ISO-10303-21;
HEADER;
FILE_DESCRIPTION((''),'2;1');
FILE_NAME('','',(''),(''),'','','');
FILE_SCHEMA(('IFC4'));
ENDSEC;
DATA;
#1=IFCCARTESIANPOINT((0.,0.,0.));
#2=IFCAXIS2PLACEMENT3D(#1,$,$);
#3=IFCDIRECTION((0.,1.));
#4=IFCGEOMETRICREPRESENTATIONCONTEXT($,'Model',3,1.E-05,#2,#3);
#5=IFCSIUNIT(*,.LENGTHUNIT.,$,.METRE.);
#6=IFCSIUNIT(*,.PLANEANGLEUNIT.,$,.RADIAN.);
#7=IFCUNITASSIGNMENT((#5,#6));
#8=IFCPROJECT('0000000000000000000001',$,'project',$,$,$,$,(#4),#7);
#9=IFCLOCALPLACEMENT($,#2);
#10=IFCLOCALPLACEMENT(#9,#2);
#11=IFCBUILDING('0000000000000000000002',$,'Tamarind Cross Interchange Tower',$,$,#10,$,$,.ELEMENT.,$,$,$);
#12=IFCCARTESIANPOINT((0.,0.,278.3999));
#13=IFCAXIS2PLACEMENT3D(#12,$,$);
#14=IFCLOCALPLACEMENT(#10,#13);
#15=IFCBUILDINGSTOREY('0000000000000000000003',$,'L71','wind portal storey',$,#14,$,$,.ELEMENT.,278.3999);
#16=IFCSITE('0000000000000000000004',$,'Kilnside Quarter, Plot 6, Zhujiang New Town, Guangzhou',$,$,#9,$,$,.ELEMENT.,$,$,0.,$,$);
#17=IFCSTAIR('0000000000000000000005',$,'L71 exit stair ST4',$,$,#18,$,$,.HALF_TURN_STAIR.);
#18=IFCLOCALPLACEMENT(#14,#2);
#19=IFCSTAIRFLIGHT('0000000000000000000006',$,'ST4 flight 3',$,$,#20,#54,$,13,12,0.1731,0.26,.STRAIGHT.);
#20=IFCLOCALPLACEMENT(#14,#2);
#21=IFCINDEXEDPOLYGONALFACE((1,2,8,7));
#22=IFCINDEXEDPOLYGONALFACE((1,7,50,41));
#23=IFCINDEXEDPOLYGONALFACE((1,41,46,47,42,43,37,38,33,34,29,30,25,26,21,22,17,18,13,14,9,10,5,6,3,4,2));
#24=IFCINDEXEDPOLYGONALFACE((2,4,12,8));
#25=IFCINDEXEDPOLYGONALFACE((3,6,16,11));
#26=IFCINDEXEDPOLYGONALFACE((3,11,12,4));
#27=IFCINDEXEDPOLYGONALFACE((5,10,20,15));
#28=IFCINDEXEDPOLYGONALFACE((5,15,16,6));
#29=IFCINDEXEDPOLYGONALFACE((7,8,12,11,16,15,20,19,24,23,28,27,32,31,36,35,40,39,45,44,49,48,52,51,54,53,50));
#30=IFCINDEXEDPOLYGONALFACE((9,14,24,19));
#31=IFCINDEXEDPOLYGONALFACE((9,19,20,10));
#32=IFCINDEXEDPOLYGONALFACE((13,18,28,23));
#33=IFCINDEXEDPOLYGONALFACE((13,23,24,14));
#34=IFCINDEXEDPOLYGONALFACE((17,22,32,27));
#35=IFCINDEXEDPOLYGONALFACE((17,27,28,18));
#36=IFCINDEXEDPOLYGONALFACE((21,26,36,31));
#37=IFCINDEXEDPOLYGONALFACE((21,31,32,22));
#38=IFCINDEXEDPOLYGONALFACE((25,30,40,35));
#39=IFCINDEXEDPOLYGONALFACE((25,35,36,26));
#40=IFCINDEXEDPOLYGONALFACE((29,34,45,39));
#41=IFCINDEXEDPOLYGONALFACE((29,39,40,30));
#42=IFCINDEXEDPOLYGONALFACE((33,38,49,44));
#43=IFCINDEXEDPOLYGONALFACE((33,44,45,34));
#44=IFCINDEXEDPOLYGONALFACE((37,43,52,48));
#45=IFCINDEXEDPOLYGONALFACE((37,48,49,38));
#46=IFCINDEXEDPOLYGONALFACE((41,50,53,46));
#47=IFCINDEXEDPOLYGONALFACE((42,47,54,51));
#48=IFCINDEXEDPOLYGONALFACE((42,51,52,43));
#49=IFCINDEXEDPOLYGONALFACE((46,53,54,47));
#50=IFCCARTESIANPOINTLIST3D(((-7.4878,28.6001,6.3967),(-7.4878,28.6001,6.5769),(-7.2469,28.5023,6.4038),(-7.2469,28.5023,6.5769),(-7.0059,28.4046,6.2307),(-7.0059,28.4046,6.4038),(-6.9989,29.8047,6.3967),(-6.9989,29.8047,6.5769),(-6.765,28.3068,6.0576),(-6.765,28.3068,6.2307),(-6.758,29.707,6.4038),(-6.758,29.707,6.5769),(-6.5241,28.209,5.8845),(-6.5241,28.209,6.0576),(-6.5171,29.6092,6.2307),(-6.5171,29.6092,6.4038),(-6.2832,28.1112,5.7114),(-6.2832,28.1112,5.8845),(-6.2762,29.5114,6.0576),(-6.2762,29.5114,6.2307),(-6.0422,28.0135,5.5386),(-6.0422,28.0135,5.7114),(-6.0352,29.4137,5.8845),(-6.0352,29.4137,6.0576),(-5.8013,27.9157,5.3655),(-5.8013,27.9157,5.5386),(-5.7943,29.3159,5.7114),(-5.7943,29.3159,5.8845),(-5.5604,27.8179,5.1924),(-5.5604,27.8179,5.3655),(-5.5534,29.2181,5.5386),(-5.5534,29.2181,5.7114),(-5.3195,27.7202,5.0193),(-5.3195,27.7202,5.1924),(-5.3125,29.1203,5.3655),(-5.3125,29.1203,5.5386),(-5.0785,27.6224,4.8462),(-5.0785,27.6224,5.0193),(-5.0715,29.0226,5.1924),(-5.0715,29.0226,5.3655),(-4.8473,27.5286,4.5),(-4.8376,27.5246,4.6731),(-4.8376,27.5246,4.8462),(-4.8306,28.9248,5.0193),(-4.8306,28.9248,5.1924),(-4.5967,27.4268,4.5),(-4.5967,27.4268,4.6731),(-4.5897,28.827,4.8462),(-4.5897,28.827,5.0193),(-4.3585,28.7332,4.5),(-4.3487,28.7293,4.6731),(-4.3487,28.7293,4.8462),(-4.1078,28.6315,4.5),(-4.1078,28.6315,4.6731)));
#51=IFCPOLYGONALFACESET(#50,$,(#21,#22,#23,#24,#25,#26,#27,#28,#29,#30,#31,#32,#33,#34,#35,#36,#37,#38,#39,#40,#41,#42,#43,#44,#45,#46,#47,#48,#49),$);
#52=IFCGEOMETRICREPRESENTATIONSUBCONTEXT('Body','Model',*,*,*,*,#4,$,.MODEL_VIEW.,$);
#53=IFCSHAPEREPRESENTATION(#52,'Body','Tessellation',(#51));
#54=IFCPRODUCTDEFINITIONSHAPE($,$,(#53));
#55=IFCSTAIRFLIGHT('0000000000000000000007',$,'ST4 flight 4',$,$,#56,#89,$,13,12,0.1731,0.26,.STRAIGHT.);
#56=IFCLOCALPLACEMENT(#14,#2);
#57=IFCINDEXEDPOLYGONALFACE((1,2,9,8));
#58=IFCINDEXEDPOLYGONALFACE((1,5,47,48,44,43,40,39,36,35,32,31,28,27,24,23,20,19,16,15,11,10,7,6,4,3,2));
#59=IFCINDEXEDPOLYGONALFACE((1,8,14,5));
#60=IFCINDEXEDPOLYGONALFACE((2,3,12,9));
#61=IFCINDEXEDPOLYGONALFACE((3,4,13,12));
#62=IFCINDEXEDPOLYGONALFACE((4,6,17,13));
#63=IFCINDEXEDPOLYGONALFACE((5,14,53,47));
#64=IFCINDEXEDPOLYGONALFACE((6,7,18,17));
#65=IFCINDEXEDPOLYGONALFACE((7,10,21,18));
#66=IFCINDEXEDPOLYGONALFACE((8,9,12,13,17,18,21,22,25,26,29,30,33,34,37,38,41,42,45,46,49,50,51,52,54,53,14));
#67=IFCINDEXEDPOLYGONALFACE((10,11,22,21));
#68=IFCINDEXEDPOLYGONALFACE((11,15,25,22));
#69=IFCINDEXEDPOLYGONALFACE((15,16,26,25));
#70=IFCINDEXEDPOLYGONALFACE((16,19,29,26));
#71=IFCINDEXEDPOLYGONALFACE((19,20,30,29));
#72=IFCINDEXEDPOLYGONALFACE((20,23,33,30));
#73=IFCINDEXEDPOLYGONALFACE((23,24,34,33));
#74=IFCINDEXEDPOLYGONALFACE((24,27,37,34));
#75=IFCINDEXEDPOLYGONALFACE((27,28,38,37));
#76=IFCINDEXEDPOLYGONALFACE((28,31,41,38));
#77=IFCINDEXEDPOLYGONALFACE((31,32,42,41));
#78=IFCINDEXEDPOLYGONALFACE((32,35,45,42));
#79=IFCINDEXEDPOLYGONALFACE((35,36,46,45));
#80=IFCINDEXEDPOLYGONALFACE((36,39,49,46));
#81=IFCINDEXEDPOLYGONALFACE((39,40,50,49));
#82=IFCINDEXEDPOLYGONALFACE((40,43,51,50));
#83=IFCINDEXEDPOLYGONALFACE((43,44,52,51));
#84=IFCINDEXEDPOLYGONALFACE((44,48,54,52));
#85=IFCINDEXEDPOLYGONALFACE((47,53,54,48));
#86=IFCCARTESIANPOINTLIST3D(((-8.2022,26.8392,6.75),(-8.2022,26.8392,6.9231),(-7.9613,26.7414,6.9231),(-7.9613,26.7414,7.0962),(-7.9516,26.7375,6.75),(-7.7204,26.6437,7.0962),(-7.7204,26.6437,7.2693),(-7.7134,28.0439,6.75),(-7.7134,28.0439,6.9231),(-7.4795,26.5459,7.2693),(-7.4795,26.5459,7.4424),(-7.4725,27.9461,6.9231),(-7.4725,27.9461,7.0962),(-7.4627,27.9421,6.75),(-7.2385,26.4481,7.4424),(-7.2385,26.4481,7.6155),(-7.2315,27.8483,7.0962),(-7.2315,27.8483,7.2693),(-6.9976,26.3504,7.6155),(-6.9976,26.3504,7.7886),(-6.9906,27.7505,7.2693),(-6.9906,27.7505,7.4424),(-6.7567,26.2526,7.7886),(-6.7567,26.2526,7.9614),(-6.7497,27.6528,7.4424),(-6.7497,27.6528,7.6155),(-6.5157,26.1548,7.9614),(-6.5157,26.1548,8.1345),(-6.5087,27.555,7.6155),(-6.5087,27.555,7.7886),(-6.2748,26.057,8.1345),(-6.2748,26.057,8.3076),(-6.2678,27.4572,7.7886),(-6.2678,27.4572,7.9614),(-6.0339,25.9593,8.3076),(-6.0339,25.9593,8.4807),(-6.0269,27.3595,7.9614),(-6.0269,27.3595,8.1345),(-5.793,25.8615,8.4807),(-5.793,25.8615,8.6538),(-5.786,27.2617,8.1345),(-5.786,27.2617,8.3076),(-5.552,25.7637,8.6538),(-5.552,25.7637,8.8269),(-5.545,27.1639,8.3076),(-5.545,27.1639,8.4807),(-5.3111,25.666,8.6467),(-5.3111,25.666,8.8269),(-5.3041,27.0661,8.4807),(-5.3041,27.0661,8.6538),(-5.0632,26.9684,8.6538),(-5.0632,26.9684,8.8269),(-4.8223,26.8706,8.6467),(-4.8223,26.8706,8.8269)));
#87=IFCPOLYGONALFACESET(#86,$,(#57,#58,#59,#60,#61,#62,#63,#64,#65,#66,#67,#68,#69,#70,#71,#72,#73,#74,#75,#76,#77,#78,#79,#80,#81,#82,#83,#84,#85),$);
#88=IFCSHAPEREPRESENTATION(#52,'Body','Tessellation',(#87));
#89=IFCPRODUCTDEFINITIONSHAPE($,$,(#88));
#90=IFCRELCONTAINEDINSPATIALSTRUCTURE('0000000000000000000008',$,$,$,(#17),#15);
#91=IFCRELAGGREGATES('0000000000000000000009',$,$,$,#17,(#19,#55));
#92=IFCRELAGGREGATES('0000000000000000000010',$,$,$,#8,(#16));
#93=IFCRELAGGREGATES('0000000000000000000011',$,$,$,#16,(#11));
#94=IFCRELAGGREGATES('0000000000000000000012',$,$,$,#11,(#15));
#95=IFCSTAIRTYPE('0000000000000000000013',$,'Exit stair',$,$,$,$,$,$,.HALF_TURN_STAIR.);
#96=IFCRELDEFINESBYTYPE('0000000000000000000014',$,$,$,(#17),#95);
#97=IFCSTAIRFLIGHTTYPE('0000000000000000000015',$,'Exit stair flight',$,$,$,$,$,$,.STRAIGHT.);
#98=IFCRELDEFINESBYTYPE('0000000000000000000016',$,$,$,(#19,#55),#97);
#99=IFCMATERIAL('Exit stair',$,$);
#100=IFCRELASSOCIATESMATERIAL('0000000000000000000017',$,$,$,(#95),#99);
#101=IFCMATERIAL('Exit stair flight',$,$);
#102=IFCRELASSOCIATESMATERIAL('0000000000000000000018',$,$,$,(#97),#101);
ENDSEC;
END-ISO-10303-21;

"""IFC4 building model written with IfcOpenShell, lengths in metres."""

from ifc_helpers import new_model, si_unit, direction, frame, origin, place, context, subcontext, project, spatial, polyline, outline, extrude, material, type_object, element, aggregate, save


model = new_model("IFC4")

# Units and contexts
model_context = context("Model", 3, precision=1e-05, world=origin(), true_north=direction((0.0, 1.0)))
body_context = subcontext(model_context, "Body", "Model", "MODEL_VIEW")
ifc_project = project(units=[si_unit("LENGTHUNIT", "METRE"), si_unit("PLANEANGLEUNIT", "RADIAN")], contexts=[model_context])

# Site, building, storey
site_placement = place(None, origin())
site = spatial("IfcSite", under=ifc_project, at=site_placement, Name="Kilnside Quarter, Plot 6, Zhujiang New Town, Guangzhou", CompositionType="ELEMENT", RefElevation=0.0)
building_placement = place(site_placement, origin())
building = spatial("IfcBuilding", under=site, at=building_placement, Name="Tamarind Cross Interchange Tower", CompositionType="ELEMENT")
storey_placement = place(building_placement, frame((0.0, 0.0, 278.3999)))
storey = spatial("IfcBuildingStorey", under=building, at=storey_placement, Name="L71", Description="wind portal storey", CompositionType="ELEMENT", Elevation=278.3999)

# Stair, stair flights
ifc_material_1 = material(Name="Exit stair")
stair_type = type_object("IfcStairType", Name="Exit stair", PredefinedType="HALF_TURN_STAIR", material=ifc_material_1)
stair_placement = place(storey_placement, origin())
stair = element("IfcStair", 1, at=stair_placement, inside=storey, type_object=stair_type, Name="L71 exit stair ST4", PredefinedType="HALF_TURN_STAIR")
ifc_material_2 = material(Name="Exit stair flight")
stair_flight_type = type_object("IfcStairFlightType", Name="Exit stair flight", PredefinedType="STRAIGHT", material=ifc_material_2)
stair_flight_1_placement = place(storey_placement, frame((-4.3523, 28.0291, 4.5), z_axis=(0.0, 0.0, 1.0), x_axis=(-0.926607, 0.37603, 0.0)))
stair_flight_1 = element("IfcStairFlight", 2, at=stair_flight_1_placement, type_object=stair_flight_type, Name="ST4 flight 3", NumberOfRisers=13, NumberOfTreads=12, PredefinedType="STRAIGHT", RiserHeight=0.1731, TreadLength=0.26, context=body_context, shape_type="SweptSolid", body=[
    extrude(outline(polyline([(0.0, 0.0), (0.0, 0.1731), (0.26, 0.1731), (0.26, 0.3462), (0.52, 0.3462), (0.52, 0.5193), (0.78, 0.5193), (0.78, 0.6924), (1.04, 0.6924), (1.04, 0.8655), (1.3, 0.8655), (1.3, 1.0386), (1.5601, 1.0386), (1.5601, 1.2114), (1.8201, 1.2114), (1.8201, 1.3845), (2.0801, 1.3845), (2.0801, 1.5576), (2.3401, 1.5576), (2.3401, 1.7307), (2.6001, 1.7307), (2.6001, 1.9038), (2.8601, 1.9038), (2.8601, 2.0769), (3.1201, 2.0769), (3.1201, 2.25), (3.1201, 1.8967), (0.2705, 0.0), (0.0, 0.0)])), frame((0.0, 0.6499, 0.0), z_axis=(0.0, -1.0, 0.0), x_axis=(1.0, 0.0, 0.0)), (0.0, 0.0, 1.0), 1.3),
])
stair_flight_2_placement = place(storey_placement, frame((-7.9578, 27.4417, 6.75), z_axis=(0.0, 0.0, 1.0), x_axis=(0.926607, -0.37603, 0.0)))
stair_flight_2 = element("IfcStairFlight", 3, at=stair_flight_2_placement, type_object=stair_flight_type, Name="ST4 flight 4", NumberOfRisers=13, NumberOfTreads=12, PredefinedType="STRAIGHT", RiserHeight=0.1731, TreadLength=0.26, context=body_context, shape_type="SweptSolid", body=[
    extrude(outline(polyline([(0.0, 0.0), (0.0, 0.1731), (0.26, 0.1731), (0.26, 0.3462), (0.52, 0.3462), (0.52, 0.5193), (0.78, 0.5193), (0.78, 0.6924), (1.04, 0.6924), (1.04, 0.8655), (1.3, 0.8655), (1.3, 1.0386), (1.5601, 1.0386), (1.5601, 1.2114), (1.8201, 1.2114), (1.8201, 1.3845), (2.0801, 1.3845), (2.0801, 1.5576), (2.3401, 1.5576), (2.3401, 1.7307), (2.6001, 1.7307), (2.6001, 1.9038), (2.8601, 1.9038), (2.8601, 2.0769), (3.1201, 2.0769), (3.1201, 2.25), (3.1201, 1.8967), (0.2705, 0.0), (0.0, 0.0)])), frame((0.0, 0.6499, 0.0), z_axis=(0.0, -1.0, 0.0), x_axis=(1.0, 0.0, 0.0)), (0.0, 0.0, 1.0), 1.3),
])
aggregate(stair, [stair_flight_1, stair_flight_2])

save(model, "model.ifc")
